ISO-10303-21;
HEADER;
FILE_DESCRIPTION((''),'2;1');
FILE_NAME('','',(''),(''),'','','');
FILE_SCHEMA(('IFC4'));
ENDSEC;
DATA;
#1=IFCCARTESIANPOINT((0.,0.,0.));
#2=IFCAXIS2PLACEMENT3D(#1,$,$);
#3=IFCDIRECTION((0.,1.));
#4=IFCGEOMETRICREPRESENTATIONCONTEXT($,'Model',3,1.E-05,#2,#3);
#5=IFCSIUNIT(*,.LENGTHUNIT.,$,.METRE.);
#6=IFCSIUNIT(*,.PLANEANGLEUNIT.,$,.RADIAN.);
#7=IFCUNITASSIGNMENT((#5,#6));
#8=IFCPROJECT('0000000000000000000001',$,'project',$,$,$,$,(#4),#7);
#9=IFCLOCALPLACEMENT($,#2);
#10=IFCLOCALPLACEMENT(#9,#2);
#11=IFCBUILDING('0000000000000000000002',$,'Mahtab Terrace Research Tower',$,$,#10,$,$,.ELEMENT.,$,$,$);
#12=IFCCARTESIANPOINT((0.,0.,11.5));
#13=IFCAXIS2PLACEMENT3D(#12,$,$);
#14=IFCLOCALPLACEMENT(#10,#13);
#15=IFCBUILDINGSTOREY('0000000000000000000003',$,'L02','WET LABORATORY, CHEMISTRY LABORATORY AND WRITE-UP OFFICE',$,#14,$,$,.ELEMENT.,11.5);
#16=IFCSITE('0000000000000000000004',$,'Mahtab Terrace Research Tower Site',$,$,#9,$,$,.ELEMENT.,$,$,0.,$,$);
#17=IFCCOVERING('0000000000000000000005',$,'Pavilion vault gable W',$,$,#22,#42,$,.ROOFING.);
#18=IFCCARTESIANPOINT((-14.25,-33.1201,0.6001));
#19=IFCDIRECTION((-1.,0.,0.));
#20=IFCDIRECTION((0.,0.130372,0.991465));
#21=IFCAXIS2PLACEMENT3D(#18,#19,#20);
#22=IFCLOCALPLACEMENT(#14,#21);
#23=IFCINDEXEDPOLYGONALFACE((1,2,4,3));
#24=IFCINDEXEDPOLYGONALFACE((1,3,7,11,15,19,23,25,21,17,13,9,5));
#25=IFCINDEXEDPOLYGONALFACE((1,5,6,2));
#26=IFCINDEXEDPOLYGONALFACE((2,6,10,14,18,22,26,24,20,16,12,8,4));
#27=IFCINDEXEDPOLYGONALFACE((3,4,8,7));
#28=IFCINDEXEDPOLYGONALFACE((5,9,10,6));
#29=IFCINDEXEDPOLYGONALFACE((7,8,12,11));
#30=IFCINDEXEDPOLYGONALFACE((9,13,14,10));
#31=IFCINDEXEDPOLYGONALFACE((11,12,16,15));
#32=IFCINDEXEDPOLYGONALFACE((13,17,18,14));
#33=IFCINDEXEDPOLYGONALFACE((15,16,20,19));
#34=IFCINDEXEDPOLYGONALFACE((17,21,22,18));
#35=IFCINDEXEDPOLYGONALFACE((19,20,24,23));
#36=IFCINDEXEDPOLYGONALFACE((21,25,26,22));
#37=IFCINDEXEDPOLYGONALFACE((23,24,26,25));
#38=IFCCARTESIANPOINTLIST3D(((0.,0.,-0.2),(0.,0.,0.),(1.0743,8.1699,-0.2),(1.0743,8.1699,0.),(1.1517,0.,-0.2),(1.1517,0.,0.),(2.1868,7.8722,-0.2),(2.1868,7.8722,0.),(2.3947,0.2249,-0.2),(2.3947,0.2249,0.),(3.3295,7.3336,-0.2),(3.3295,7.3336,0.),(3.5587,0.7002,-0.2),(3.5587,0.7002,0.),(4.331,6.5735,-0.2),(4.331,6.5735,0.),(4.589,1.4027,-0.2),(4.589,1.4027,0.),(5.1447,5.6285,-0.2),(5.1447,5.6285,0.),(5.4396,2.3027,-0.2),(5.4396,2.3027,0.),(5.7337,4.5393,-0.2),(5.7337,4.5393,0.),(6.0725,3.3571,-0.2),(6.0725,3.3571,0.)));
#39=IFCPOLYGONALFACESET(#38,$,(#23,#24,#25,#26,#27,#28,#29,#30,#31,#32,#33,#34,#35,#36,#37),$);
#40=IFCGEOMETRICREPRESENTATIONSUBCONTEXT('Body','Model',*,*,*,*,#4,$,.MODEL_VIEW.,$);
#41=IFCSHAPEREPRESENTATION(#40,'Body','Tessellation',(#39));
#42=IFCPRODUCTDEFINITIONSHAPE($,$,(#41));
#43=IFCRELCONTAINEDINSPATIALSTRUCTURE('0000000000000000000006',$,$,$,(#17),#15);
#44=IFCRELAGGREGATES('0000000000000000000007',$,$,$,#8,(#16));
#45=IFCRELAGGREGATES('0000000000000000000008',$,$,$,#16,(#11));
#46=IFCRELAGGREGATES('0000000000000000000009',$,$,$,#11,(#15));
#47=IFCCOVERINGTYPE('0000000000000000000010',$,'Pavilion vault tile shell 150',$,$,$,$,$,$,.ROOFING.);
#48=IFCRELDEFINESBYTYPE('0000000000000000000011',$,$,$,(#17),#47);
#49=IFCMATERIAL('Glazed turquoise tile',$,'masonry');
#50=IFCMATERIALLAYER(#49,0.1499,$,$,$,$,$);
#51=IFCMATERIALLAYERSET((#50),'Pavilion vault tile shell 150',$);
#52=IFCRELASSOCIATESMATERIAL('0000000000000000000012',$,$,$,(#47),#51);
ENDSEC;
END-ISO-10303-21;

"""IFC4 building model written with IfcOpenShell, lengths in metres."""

from ifc_helpers import new_model, si_unit, direction, frame, origin, place, context, subcontext, project, spatial, polyline, outline, extrude, material, layer, layer_set, type_object, element, save


model = new_model("IFC4")

# Units and contexts
model_context = context("Model", 3, precision=1e-05, world=origin(), true_north=direction((0.0, 1.0)))
body_context = subcontext(model_context, "Body", "Model", "MODEL_VIEW")
ifc_project = project(units=[si_unit("LENGTHUNIT", "METRE"), si_unit("PLANEANGLEUNIT", "RADIAN")], contexts=[model_context])

# Site, building, storey
site_placement = place(None, origin())
site = spatial("IfcSite", under=ifc_project, at=site_placement, Name="Mahtab Terrace Research Tower Site", CompositionType="ELEMENT", RefElevation=0.0)
building_placement = place(site_placement, origin())
building = spatial("IfcBuilding", under=site, at=building_placement, Name="Mahtab Terrace Research Tower", CompositionType="ELEMENT")
storey_placement = place(building_placement, frame((0.0, 0.0, 11.5)))
storey = spatial("IfcBuildingStorey", under=building, at=storey_placement, Name="L02", Description="WET LABORATORY, CHEMISTRY LABORATORY AND WRITE-UP OFFICE", CompositionType="ELEMENT", Elevation=11.5)

# Covering
ifc_material_1 = material(Name="Glazed turquoise tile", Category="masonry")
ifc_layer_1 = layer(ifc_material_1, 0.1499)
ifc_layer_set_1 = layer_set([ifc_layer_1], Name="Pavilion vault tile shell 150")
covering_type_1 = type_object("IfcCoveringType", Name="Pavilion vault tile shell 150", PredefinedType="ROOFING", material=ifc_layer_set_1)
covering_1_placement = place(storey_placement, frame((-14.25, -33.1201, 0.6001), z_axis=(-1.0, 0.0, 0.0), x_axis=(0.0, 0.130372, 0.991465)))
element("IfcCovering", 1, at=covering_1_placement, inside=storey, type_object=covering_type_1, Name="Pavilion vault gable W", PredefinedType="ROOFING", context=body_context, shape_type="SweptSolid", body=[
    extrude(outline(polyline([(0.0, 0.0), (1.1517, 0.0), (2.3947, 0.2249), (3.5587, 0.7002), (4.589, 1.4027), (5.4396, 2.3027), (6.0725, 3.3571), (5.7337, 4.5393), (5.1447, 5.6285), (4.331, 6.5735), (3.3295, 7.3336), (2.1868, 7.8722), (1.0743, 8.1699), (0.0, 0.0)])), origin(), (0.0, 0.0, -1.0), 0.2),
])

save(model, "model.ifc")
